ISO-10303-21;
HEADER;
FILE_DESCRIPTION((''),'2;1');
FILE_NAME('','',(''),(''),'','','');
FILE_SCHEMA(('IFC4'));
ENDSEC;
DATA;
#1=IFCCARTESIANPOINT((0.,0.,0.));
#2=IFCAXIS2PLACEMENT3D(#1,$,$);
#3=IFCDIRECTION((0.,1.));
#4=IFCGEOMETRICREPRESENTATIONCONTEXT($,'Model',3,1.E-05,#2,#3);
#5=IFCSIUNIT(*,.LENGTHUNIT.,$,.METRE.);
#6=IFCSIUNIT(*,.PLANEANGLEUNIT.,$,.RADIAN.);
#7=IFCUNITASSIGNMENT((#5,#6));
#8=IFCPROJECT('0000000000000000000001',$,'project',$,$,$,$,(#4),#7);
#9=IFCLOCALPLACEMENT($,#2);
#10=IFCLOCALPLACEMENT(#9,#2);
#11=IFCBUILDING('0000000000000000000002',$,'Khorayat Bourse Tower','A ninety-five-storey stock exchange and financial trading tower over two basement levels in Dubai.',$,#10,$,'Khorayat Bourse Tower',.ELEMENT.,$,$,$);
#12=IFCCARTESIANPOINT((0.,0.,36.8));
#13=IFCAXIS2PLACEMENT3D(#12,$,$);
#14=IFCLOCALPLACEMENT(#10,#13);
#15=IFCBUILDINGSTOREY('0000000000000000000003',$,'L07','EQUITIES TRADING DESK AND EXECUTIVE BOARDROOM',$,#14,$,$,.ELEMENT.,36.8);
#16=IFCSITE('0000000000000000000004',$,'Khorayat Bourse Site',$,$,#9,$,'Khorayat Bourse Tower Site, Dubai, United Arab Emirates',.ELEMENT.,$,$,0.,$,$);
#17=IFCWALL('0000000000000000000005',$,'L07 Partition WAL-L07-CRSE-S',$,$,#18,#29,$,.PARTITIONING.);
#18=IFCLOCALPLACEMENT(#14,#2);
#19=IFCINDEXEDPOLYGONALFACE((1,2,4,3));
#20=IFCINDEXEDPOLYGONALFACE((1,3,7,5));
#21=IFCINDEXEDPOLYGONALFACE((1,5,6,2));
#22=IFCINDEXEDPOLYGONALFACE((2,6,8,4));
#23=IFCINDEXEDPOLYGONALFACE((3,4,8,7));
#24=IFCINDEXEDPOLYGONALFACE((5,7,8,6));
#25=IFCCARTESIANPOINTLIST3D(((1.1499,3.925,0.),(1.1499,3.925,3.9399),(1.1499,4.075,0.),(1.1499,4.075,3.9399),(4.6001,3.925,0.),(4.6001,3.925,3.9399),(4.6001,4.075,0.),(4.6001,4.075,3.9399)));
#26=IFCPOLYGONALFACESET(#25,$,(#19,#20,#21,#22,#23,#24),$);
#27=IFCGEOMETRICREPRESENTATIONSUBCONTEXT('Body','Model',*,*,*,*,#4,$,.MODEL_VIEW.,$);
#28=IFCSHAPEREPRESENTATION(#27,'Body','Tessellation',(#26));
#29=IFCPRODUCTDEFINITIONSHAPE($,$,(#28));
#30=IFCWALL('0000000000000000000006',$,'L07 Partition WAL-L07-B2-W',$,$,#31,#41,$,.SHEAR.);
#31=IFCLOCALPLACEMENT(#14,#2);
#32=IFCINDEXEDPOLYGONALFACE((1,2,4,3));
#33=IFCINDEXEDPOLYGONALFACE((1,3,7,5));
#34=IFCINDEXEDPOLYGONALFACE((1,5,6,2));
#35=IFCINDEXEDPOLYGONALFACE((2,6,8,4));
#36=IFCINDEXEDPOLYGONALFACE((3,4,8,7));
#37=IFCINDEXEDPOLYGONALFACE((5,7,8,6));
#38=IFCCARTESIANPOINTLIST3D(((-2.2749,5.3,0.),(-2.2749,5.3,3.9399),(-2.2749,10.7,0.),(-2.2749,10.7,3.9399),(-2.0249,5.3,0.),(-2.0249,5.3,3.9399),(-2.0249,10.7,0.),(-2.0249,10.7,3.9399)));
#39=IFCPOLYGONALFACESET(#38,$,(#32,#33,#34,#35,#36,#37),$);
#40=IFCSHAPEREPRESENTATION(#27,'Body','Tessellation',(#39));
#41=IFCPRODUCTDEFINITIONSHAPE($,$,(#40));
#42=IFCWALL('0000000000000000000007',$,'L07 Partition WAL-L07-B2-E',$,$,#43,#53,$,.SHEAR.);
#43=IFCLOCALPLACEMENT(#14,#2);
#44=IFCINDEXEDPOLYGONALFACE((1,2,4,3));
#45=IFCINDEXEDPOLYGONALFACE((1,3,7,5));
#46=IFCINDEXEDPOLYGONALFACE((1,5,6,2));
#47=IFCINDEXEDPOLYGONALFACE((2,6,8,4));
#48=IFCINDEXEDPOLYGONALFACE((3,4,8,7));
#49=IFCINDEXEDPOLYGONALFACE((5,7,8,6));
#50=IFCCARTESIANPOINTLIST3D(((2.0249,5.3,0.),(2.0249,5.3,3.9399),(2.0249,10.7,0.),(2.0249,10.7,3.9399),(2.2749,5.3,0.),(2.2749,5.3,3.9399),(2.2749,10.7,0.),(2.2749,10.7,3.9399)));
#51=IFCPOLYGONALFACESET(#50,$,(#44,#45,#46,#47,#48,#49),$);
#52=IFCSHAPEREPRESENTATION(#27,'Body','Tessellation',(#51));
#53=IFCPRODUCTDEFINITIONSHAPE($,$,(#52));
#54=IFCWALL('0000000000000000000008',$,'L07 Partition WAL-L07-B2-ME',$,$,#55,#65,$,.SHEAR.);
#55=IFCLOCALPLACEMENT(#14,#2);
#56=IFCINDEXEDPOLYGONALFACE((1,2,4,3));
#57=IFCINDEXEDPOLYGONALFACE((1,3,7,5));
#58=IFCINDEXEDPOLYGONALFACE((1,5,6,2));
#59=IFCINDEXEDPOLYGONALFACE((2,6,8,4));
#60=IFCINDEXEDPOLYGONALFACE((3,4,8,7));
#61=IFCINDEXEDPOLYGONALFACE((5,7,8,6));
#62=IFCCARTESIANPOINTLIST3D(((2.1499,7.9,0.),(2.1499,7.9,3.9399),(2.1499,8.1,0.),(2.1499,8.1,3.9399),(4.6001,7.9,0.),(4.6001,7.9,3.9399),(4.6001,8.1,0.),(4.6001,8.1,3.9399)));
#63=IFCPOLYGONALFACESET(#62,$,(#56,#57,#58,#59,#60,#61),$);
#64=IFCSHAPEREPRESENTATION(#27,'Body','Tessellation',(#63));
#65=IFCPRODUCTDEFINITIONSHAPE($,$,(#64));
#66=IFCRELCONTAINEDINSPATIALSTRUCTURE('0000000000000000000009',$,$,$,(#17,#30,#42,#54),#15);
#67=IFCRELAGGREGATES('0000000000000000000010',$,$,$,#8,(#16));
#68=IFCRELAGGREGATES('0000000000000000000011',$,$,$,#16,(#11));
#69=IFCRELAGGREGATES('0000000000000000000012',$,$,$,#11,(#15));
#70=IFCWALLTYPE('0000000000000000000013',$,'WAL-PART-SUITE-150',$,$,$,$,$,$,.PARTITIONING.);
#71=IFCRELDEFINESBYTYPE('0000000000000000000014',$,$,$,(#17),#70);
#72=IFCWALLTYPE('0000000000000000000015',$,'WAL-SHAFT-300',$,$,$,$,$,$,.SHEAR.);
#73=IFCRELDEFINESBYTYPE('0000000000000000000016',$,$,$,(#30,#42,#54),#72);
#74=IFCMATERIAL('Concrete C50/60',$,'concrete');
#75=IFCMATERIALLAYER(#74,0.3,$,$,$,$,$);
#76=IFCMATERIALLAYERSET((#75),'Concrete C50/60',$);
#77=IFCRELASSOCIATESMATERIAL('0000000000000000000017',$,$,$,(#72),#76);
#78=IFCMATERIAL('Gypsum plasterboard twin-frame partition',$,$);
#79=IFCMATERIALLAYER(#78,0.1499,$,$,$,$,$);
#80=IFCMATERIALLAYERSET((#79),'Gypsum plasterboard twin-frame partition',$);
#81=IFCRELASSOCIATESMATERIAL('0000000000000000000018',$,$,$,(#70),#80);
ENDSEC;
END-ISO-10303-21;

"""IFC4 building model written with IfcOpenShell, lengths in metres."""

from ifc_helpers import new_model, si_unit, direction, frame, frame_2d, origin, place, context, subcontext, project, spatial, rectangle, extrude, source, transform, mapped, material, layer, layer_set, type_object, element, save


model = new_model("IFC4")

# Units and contexts
model_context = context("Model", 3, precision=1e-05, world=origin(), true_north=direction((0.0, 1.0)))
body_context = subcontext(model_context, "Body", "Model", "MODEL_VIEW")
ifc_project = project(units=[si_unit("LENGTHUNIT", "METRE"), si_unit("PLANEANGLEUNIT", "RADIAN")], contexts=[model_context])

# Site, building, storey
site_placement = place(None, origin())
site = spatial("IfcSite", under=ifc_project, at=site_placement, Name="Khorayat Bourse Site", LongName="Khorayat Bourse Tower Site, Dubai, United Arab Emirates", CompositionType="ELEMENT", RefElevation=0.0)
building_placement = place(site_placement, origin())
building = spatial("IfcBuilding", under=site, at=building_placement, Name="Khorayat Bourse Tower", Description="A ninety-five-storey stock exchange and financial trading tower over two basement levels in Dubai.", LongName="Khorayat Bourse Tower", CompositionType="ELEMENT")
storey_placement = place(building_placement, frame((0.0, 0.0, 36.8)))
storey = spatial("IfcBuildingStorey", under=building, at=storey_placement, Name="L07", Description="EQUITIES TRADING DESK AND EXECUTIVE BOARDROOM", CompositionType="ELEMENT", Elevation=36.8)

# Shared definitions
ifc_material_1 = material(Name="Concrete C50/60", Category="concrete")
ifc_layer_1 = layer(ifc_material_1, 0.3)
ifc_layer_set_1 = layer_set([ifc_layer_1], Name="Concrete C50/60")
wall_type_1 = type_object("IfcWallType", Name="WAL-SHAFT-300", PredefinedType="SHEAR", material=ifc_layer_set_1)

# Walls
ifc_material_2 = material(Name="Gypsum plasterboard twin-frame partition")
ifc_layer_2 = layer(ifc_material_2, 0.1499)
ifc_layer_set_2 = layer_set([ifc_layer_2], Name="Gypsum plasterboard twin-frame partition")
wall_type_2 = type_object("IfcWallType", Name="WAL-PART-SUITE-150", PredefinedType="PARTITIONING", material=ifc_layer_set_2)
shared_shape_1 = source(origin(), body_context, "Body", "SweptSolid", [
    extrude(rectangle(XDim=3.4502, YDim=0.1499, at=frame_2d((1.7251, 0.0))), origin(), (0.0, 0.0, 1.0), 3.9399),
])
wall_1_placement = place(storey_placement, frame((1.1499, 4.0, 0.0), z_axis=(0.0, 0.0, 1.0), x_axis=(1.0, 0.0, 0.0)))
element("IfcWall", 1, at=wall_1_placement, inside=storey, type_object=wall_type_2, Name="L07 Partition WAL-L07-CRSE-S", PredefinedType="PARTITIONING", context=body_context, shape_type="MappedRepresentation", body=[
    mapped(shared_shape_1, transform((0.0, 0.0, 0.0), scale=1.0)),
])
shared_shape_2 = source(origin(), body_context, "Body", "SweptSolid", [
    extrude(rectangle(XDim=5.3999, YDim=0.25, at=frame_2d((2.7, 0.0))), origin(), (0.0, 0.0, 1.0), 3.9399),
])
for number, where, z_axis, x_axis, name in (
    (2, (-2.1499, 5.3, 0.0), (0.0, 0.0, 1.0), (0.0, 1.0, 0.0), "L07 Partition WAL-L07-B2-W"),
    (3, (2.1499, 5.3, 0.0), (0.0, 0.0, 1.0), (0.0, 1.0, 0.0), "L07 Partition WAL-L07-B2-E"),
):
    element("IfcWall", number, at=place(storey_placement, frame(where, z_axis=z_axis, x_axis=x_axis)), inside=storey, type_object=wall_type_1, Name=name, PredefinedType="SHEAR", context=body_context, shape_type="MappedRepresentation", body=[
        mapped(shared_shape_2, transform((0.0, 0.0, 0.0), scale=1.0)),
    ])
shared_shape_3 = source(origin(), body_context, "Body", "SweptSolid", [
    extrude(rectangle(XDim=2.4502, YDim=0.2, at=frame_2d((1.2251, 0.0))), origin(), (0.0, 0.0, 1.0), 3.9399),
])
wall_2_placement = place(storey_placement, frame((2.1499, 8.0, 0.0), z_axis=(0.0, 0.0, 1.0), x_axis=(1.0, 0.0, 0.0)))
element("IfcWall", 4, at=wall_2_placement, inside=storey, type_object=wall_type_1, Name="L07 Partition WAL-L07-B2-ME", PredefinedType="SHEAR", context=body_context, shape_type="MappedRepresentation", body=[
    mapped(shared_shape_3, transform((0.0, 0.0, 0.0), scale=1.0)),
])

save(model, "model.ifc")
